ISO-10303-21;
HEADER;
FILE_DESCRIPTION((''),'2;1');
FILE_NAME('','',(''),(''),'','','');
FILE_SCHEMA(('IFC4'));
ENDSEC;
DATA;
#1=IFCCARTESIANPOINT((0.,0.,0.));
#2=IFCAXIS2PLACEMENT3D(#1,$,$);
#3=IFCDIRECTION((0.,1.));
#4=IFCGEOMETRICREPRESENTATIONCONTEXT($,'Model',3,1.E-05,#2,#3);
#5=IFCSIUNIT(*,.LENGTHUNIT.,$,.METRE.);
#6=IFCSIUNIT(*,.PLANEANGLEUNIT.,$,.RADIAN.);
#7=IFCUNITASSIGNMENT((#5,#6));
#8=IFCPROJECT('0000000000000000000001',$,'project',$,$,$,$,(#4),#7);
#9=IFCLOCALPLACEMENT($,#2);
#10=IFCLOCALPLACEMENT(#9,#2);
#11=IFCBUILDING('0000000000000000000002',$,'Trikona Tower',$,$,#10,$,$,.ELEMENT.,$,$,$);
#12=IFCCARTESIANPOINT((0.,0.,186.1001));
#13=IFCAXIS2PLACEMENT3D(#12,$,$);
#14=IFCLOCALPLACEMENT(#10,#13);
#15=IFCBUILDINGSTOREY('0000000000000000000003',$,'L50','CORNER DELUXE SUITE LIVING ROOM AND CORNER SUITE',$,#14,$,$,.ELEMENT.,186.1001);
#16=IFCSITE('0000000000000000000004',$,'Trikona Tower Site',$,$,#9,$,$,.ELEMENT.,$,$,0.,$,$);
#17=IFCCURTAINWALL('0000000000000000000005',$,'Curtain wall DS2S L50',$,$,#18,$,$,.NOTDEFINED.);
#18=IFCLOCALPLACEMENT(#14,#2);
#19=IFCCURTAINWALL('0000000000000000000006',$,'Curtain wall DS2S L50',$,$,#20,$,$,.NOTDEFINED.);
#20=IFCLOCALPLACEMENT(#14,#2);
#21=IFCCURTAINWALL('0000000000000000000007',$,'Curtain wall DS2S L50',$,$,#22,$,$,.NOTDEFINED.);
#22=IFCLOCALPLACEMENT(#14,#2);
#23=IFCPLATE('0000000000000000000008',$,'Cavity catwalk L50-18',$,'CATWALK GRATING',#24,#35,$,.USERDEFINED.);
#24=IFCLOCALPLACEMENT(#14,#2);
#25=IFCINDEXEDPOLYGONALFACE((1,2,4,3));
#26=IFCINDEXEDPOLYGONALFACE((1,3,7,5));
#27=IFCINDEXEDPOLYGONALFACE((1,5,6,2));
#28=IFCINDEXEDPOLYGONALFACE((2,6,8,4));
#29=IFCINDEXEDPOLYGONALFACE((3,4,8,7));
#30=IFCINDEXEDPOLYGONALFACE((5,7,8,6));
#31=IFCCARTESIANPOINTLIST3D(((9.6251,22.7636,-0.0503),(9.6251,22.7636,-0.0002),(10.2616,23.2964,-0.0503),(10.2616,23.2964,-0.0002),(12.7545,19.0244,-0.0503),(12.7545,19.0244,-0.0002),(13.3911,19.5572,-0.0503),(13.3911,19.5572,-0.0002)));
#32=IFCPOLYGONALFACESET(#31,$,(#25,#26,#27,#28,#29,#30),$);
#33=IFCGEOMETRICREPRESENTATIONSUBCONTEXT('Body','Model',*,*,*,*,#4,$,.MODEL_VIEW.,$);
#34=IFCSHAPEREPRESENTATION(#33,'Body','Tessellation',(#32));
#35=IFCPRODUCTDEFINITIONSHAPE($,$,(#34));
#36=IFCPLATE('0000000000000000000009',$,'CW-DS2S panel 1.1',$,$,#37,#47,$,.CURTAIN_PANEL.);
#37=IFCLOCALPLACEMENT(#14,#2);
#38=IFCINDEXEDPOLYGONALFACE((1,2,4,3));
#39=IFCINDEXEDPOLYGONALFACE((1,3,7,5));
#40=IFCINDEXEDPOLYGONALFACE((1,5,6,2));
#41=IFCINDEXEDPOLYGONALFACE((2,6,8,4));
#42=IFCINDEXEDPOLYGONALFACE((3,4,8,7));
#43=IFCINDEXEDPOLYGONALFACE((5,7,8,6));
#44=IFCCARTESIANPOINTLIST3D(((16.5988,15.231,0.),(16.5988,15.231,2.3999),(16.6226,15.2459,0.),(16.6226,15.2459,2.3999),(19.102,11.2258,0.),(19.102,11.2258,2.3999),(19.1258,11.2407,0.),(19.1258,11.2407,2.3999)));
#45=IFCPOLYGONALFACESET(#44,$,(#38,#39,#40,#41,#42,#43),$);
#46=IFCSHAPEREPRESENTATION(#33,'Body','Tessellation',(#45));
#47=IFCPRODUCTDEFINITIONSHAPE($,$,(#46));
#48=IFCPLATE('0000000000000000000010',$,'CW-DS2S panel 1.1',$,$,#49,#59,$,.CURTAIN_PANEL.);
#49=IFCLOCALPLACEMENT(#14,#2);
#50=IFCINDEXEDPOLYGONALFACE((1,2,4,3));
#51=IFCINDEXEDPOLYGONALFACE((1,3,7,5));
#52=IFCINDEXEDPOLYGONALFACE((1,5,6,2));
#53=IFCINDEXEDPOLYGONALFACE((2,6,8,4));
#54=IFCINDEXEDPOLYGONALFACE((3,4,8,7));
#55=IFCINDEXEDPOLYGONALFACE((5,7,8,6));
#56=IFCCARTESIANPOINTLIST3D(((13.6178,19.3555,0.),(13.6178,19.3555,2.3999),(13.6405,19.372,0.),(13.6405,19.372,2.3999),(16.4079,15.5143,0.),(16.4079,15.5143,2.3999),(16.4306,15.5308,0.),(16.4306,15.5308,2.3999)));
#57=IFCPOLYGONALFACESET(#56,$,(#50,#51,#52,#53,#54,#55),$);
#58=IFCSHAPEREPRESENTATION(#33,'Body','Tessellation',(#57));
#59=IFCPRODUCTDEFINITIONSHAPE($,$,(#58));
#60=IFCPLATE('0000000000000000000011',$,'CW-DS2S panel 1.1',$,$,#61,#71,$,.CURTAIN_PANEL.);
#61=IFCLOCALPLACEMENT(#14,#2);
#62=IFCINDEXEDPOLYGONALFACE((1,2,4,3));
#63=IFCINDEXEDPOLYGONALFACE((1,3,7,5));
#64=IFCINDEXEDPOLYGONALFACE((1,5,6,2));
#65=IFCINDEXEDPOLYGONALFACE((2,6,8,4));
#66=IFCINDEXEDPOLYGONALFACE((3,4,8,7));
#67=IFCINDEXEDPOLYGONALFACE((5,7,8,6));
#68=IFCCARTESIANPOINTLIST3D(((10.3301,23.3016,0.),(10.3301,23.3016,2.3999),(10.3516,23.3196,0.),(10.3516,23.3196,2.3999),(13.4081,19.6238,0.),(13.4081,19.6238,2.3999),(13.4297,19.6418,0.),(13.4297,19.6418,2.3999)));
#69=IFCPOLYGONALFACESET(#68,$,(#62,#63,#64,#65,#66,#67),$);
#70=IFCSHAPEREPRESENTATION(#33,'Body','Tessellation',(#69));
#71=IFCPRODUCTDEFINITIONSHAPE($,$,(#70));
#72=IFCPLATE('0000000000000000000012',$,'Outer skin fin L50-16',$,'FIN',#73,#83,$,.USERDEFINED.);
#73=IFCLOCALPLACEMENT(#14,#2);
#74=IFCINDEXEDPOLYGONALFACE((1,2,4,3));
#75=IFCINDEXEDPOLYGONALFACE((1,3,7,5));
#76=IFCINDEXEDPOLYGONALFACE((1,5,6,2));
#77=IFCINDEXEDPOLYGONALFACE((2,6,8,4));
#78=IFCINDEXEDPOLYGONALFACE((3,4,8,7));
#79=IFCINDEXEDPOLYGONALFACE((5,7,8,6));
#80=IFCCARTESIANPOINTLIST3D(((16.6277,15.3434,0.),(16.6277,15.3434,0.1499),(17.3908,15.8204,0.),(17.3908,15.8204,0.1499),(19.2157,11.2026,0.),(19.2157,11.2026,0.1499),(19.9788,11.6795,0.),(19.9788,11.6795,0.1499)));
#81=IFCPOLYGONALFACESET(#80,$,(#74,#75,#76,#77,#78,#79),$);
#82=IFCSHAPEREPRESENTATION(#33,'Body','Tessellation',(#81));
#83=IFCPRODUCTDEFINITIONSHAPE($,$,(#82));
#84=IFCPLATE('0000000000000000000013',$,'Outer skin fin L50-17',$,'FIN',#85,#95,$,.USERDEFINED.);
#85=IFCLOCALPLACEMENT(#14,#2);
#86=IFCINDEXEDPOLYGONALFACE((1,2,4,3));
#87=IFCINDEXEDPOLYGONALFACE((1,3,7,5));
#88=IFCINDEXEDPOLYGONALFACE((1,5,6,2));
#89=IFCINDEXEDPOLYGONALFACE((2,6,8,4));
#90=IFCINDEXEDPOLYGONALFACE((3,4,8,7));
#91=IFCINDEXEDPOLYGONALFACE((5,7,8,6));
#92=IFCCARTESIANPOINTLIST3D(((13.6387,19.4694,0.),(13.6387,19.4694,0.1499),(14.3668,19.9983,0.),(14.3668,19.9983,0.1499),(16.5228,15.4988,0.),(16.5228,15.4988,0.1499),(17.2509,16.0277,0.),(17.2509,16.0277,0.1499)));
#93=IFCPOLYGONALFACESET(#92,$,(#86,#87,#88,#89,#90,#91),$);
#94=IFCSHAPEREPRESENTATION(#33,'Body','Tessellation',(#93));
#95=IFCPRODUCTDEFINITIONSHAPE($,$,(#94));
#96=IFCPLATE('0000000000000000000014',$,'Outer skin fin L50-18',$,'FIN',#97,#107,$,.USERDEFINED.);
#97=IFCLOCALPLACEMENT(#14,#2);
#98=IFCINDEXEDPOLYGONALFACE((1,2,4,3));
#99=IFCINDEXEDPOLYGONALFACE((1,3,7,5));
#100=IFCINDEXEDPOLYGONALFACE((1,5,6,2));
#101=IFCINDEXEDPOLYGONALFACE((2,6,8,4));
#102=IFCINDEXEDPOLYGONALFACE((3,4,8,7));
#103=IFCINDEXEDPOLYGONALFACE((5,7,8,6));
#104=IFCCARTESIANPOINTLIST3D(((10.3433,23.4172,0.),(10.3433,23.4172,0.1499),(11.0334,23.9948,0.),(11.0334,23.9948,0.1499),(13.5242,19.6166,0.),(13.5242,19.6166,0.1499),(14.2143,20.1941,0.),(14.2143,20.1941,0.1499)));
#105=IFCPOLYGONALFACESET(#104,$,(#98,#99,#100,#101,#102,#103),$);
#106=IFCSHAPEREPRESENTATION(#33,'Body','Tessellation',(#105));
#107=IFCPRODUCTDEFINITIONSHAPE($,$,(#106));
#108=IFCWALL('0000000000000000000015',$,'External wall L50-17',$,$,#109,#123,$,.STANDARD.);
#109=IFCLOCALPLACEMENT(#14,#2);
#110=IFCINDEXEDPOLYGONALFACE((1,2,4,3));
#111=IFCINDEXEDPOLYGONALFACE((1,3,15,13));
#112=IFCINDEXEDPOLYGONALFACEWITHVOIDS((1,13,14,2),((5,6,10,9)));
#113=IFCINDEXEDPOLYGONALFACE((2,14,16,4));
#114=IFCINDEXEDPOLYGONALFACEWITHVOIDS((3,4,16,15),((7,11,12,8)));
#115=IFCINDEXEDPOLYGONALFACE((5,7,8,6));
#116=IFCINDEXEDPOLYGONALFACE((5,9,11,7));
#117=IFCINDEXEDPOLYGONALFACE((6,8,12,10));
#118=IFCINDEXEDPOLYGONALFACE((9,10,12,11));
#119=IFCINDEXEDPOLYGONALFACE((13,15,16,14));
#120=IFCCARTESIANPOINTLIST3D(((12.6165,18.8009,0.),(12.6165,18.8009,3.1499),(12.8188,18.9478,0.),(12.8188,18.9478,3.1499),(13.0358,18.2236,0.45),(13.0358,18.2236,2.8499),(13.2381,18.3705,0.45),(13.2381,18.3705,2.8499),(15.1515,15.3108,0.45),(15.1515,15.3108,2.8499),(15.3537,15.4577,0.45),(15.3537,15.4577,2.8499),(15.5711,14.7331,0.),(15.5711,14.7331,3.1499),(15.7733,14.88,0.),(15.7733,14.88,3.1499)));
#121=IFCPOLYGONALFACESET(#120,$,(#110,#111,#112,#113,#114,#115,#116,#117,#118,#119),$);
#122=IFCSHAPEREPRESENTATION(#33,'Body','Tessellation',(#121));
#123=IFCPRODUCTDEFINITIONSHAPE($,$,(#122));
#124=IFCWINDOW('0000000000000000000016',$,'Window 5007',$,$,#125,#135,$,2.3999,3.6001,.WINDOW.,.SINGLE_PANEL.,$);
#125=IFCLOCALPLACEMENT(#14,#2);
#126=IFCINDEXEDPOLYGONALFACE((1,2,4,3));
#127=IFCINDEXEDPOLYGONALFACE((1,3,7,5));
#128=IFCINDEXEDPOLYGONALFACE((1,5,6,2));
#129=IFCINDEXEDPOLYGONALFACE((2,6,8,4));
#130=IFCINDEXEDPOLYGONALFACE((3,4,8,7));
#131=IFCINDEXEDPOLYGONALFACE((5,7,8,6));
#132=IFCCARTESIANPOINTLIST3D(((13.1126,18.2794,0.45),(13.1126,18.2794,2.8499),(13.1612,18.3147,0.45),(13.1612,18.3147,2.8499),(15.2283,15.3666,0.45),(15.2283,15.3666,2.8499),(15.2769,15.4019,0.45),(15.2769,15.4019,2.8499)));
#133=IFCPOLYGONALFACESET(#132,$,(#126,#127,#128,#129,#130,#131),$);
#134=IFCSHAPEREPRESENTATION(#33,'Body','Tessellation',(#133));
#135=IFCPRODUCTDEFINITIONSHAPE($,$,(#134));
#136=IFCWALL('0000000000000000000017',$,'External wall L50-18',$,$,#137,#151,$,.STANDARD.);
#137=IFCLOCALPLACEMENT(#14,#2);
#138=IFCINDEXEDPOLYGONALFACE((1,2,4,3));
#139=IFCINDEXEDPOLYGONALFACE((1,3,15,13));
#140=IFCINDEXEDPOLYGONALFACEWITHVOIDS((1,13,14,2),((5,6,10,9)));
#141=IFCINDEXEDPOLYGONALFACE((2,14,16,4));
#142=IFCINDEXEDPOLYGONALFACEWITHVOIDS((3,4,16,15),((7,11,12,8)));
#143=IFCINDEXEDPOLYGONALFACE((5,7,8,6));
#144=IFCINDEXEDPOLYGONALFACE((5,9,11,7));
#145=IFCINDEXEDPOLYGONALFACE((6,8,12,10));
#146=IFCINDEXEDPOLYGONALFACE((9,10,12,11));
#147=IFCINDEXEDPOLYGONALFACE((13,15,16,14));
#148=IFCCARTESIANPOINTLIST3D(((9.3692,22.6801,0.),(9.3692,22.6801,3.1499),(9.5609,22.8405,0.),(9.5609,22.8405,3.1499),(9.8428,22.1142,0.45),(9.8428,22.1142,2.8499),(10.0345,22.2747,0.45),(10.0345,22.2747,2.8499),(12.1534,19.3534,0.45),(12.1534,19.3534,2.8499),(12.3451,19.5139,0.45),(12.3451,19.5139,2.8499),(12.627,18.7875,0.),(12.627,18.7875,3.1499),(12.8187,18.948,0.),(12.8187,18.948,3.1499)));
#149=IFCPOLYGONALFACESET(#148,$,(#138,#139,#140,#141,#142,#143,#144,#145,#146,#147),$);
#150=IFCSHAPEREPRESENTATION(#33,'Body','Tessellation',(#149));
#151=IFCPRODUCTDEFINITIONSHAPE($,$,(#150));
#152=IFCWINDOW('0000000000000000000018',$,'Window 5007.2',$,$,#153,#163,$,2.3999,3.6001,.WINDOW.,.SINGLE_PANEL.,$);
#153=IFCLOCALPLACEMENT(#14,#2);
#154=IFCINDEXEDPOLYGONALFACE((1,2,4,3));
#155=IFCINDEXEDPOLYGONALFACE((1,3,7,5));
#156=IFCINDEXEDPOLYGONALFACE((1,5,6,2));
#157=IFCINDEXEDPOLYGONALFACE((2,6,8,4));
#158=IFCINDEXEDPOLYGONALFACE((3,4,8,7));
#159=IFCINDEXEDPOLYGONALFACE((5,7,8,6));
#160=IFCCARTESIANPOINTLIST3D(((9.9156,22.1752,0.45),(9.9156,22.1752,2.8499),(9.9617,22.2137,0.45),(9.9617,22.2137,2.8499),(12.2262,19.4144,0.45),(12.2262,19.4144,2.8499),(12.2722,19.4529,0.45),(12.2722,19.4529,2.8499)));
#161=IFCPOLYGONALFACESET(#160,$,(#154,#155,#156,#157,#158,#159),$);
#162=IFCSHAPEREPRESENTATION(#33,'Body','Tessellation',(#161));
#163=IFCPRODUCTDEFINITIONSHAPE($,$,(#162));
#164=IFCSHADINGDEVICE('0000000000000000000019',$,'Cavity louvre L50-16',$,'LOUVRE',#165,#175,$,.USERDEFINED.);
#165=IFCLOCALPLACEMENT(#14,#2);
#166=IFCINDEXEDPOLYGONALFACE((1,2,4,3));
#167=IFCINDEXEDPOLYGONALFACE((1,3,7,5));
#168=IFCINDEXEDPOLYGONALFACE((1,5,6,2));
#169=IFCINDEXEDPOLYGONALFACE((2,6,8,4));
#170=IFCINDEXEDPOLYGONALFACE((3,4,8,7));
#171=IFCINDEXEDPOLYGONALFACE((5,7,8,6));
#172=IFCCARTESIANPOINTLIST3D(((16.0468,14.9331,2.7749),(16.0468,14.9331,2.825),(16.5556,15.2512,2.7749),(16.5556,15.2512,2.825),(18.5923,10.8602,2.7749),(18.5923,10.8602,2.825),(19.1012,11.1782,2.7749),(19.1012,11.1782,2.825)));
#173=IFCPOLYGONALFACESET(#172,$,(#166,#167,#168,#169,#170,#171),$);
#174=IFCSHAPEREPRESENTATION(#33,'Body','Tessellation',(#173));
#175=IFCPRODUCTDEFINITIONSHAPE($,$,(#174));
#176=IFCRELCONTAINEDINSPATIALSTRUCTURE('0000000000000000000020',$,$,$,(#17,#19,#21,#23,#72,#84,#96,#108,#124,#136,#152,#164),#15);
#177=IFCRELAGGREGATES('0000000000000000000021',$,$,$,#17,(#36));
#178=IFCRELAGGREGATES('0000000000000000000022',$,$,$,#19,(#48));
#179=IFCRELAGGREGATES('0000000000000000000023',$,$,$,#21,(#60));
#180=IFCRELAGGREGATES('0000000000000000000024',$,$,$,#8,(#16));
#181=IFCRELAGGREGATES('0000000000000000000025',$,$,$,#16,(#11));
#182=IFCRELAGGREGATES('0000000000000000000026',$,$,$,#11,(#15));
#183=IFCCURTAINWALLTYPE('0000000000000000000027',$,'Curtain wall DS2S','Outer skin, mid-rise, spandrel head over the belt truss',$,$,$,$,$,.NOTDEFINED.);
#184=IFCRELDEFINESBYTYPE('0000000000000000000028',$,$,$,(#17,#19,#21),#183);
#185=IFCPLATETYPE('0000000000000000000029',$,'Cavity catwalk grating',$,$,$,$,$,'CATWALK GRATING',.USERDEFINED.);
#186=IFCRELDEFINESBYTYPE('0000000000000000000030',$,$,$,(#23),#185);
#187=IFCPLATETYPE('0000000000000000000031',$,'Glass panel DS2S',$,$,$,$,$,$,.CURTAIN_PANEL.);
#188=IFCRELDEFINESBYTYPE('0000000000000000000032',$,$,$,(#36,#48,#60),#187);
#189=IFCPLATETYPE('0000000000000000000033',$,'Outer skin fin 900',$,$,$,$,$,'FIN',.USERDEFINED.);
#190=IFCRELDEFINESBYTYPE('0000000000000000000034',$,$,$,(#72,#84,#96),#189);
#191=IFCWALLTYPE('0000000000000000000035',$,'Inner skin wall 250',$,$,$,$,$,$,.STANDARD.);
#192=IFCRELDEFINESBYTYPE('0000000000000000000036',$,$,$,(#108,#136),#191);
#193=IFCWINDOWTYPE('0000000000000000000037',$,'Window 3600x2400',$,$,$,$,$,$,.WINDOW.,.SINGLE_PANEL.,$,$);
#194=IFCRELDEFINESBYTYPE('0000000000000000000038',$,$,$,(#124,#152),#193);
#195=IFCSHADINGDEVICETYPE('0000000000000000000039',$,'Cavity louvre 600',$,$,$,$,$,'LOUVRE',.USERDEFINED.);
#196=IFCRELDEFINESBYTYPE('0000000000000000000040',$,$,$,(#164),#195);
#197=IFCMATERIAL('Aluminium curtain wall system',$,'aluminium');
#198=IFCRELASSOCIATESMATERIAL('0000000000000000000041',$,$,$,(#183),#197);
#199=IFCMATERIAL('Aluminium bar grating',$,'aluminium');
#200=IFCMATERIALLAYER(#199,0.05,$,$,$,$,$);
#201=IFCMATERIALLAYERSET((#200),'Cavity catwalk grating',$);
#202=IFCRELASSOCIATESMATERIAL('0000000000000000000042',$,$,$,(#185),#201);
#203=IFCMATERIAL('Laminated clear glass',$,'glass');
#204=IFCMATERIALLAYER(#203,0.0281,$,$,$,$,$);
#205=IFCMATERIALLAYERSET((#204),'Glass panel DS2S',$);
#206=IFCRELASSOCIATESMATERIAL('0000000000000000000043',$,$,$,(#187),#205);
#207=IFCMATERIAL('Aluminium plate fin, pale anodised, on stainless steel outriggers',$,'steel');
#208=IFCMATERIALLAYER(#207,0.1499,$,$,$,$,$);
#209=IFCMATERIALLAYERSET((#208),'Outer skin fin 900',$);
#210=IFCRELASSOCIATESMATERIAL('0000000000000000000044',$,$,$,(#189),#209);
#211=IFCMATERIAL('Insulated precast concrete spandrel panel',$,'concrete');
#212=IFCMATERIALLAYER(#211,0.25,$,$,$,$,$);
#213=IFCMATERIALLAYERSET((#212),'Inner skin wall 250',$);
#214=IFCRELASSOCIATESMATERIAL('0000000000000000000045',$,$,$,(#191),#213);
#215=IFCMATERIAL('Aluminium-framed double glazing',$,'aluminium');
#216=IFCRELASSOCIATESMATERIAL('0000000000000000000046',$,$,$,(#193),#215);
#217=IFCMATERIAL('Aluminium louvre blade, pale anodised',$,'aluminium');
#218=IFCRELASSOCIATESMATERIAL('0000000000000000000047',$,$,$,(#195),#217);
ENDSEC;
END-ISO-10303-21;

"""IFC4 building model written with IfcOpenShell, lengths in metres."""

from ifc_helpers import new_model, si_unit, direction, frame, frame_2d, origin, origin_2d, place, context, subcontext, project, spatial, rectangle, extrude, material, layer, layer_set, type_object, element, fill, aggregate, save


model = new_model("IFC4")

# Units and contexts
model_context = context("Model", 3, precision=1e-05, world=origin(), true_north=direction((0.0, 1.0)))
body_context = subcontext(model_context, "Body", "Model", "MODEL_VIEW")
ifc_project = project(units=[si_unit("LENGTHUNIT", "METRE"), si_unit("PLANEANGLEUNIT", "RADIAN")], contexts=[model_context])

# Site, building, storey
site_placement = place(None, origin())
site = spatial("IfcSite", under=ifc_project, at=site_placement, Name="Trikona Tower Site", CompositionType="ELEMENT", RefElevation=0.0)
building_placement = place(site_placement, origin())
building = spatial("IfcBuilding", under=site, at=building_placement, Name="Trikona Tower", CompositionType="ELEMENT")
storey_placement = place(building_placement, frame((0.0, 0.0, 186.1001)))
storey = spatial("IfcBuildingStorey", under=building, at=storey_placement, Name="L50", Description="CORNER DELUXE SUITE LIVING ROOM AND CORNER SUITE", CompositionType="ELEMENT", Elevation=186.1001)

# Curtain wall
ifc_material_1 = material(Name="Aluminium curtain wall system", Category="aluminium")
curtain_wall_type = type_object("IfcCurtainWallType", Name="Curtain wall DS2S", Description="Outer skin, mid-rise, spandrel head over the belt truss", PredefinedType="NOTDEFINED", material=ifc_material_1)
curtain_wall_1_placement = place(storey_placement, origin())
curtain_wall_1 = element("IfcCurtainWall", 1, at=curtain_wall_1_placement, inside=storey, type_object=curtain_wall_type, Name="Curtain wall DS2S L50", PredefinedType="NOTDEFINED")

# Curtain walls
curtain_wall_2_placement = place(storey_placement, origin())
curtain_wall_2 = element("IfcCurtainWall", 2, at=curtain_wall_2_placement, inside=storey, type_object=curtain_wall_type, Name="Curtain wall DS2S L50", PredefinedType="NOTDEFINED")
curtain_wall_3_placement = place(storey_placement, origin())
curtain_wall_3 = element("IfcCurtainWall", 3, at=curtain_wall_3_placement, inside=storey, type_object=curtain_wall_type, Name="Curtain wall DS2S L50", PredefinedType="NOTDEFINED")

# Plate
ifc_material_2 = material(Name="Aluminium bar grating", Category="aluminium")
ifc_layer_1 = layer(ifc_material_2, 0.05)
ifc_layer_set_1 = layer_set([ifc_layer_1], Name="Cavity catwalk grating")
plate_type_1 = type_object("IfcPlateType", Name="Cavity catwalk grating", ElementType="CATWALK GRATING", PredefinedType="USERDEFINED", material=ifc_layer_set_1)
plate_1_placement = place(storey_placement, frame((11.5081, 21.1604, -0.0503), z_axis=(0.0, 0.0, 1.0), x_axis=(-0.641807, 0.766866, 0.0)))
element("IfcPlate", 4, at=plate_1_placement, inside=storey, type_object=plate_type_1, Name="Cavity catwalk L50-18", ObjectType="CATWALK GRATING", PredefinedType="USERDEFINED", context=body_context, shape_type="SweptSolid", body=[
    extrude(rectangle(XDim=4.876, YDim=0.8301, at=origin_2d()), origin(), (0.0, 0.0, 1.0), 0.05),
])

# Plates
ifc_material_3 = material(Name="Laminated clear glass", Category="glass")
ifc_layer_2 = layer(ifc_material_3, 0.0281)
ifc_layer_set_2 = layer_set([ifc_layer_2], Name="Glass panel DS2S")
plate_type_2 = type_object("IfcPlateType", Name="Glass panel DS2S", PredefinedType="CURTAIN_PANEL", material=ifc_layer_set_2)
plate_2_placement = place(storey_placement, frame((17.8623, 13.2358, 0.0), z_axis=(0.0, 0.0, 1.0), x_axis=(-0.529999, 0.847998, 0.0)))
plate_2 = element("IfcPlate", 5, at=plate_2_placement, type_object=plate_type_2, Name="CW-DS2S panel 1.1", PredefinedType="CURTAIN_PANEL", context=body_context, shape_type="SweptSolid", body=[
    extrude(rectangle(XDim=4.7231, YDim=0.0281, at=origin_2d()), origin(), (0.0, 0.0, 1.0), 2.3999),
])
aggregate(curtain_wall_1, [plate_2])
plate_3_placement = place(storey_placement, frame((15.0242, 17.4431, 0.0), z_axis=(0.0, 0.0, 1.0), x_axis=(-0.587691, 0.809086, 0.0)))
plate_3 = element("IfcPlate", 6, at=plate_3_placement, type_object=plate_type_2, Name="CW-DS2S panel 1.1", PredefinedType="CURTAIN_PANEL", context=body_context, shape_type="SweptSolid", body=[
    extrude(rectangle(XDim=4.7476, YDim=0.0281, at=origin_2d()), origin(), (0.0, 0.0, 1.0), 2.3999),
])
aggregate(curtain_wall_2, [plate_3])
plate_4_placement = place(storey_placement, frame((11.8799, 21.4717, 0.0), z_axis=(0.0, 0.0, 1.0), x_axis=(-0.641806, 0.766867, 0.0)))
plate_4 = element("IfcPlate", 7, at=plate_4_placement, type_object=plate_type_2, Name="CW-DS2S panel 1.1", PredefinedType="CURTAIN_PANEL", context=body_context, shape_type="SweptSolid", body=[
    extrude(rectangle(XDim=4.7959, YDim=0.0281, at=origin_2d()), origin(), (0.0, 0.0, 1.0), 2.3999),
])
aggregate(curtain_wall_3, [plate_4])

# Plates
ifc_material_4 = material(Name="Aluminium plate fin, pale anodised, on stainless steel outriggers", Category="steel")
ifc_layer_3 = layer(ifc_material_4, 0.1499)
ifc_layer_set_3 = layer_set([ifc_layer_3], Name="Outer skin fin 900")
plate_type_3 = type_object("IfcPlateType", Name="Outer skin fin 900", ElementType="FIN", PredefinedType="USERDEFINED", material=ifc_layer_set_3)
plate_5_placement = place(storey_placement, frame((18.3032, 13.5115, 0.0), z_axis=(0.0, 0.0, 1.0), x_axis=(-0.529995, 0.848001, 0.0)))
element("IfcPlate", 8, at=plate_5_placement, inside=storey, type_object=plate_type_3, Name="Outer skin fin L50-16", ObjectType="FIN", PredefinedType="USERDEFINED", context=body_context, shape_type="SweptSolid", body=[
    extrude(rectangle(XDim=4.8831, YDim=0.8999, at=origin_2d()), origin(), (0.0, 0.0, 1.0), 0.1499),
])
plate_6_placement = place(storey_placement, frame((15.4448, 17.7485, 0.0), z_axis=(0.0, 0.0, 1.0), x_axis=(-0.587686, 0.809089, 0.0)))
element("IfcPlate", 9, at=plate_6_placement, inside=storey, type_object=plate_type_3, Name="Outer skin fin L50-17", ObjectType="FIN", PredefinedType="USERDEFINED", context=body_context, shape_type="SweptSolid", body=[
    extrude(rectangle(XDim=4.9075, YDim=0.8999, at=origin_2d()), origin(), (0.0, 0.0, 1.0), 0.1499),
])
plate_7_placement = place(storey_placement, frame((12.2788, 21.8057, 0.0), z_axis=(0.0, 0.0, 1.0), x_axis=(-0.641807, 0.766866, 0.0)))
element("IfcPlate", 10, at=plate_7_placement, inside=storey, type_object=plate_type_3, Name="Outer skin fin L50-18", ObjectType="FIN", PredefinedType="USERDEFINED", context=body_context, shape_type="SweptSolid", body=[
    extrude(rectangle(XDim=4.9561, YDim=0.8999, at=origin_2d()), origin(), (0.0, 0.0, 1.0), 0.1499),
])

# Walls, openings, windows
ifc_material_5 = material(Name="Insulated precast concrete spandrel panel", Category="concrete")
ifc_layer_4 = layer(ifc_material_5, 0.25)
ifc_layer_set_4 = layer_set([ifc_layer_4], Name="Inner skin wall 250")
wall_type = type_object("IfcWallType", Name="Inner skin wall 250", PredefinedType="STANDARD", material=ifc_layer_set_4)
wall_1_placement = place(storey_placement, frame((15.6721, 14.8066, 0.0), z_axis=(0.0, 0.0, 1.0), x_axis=(-0.587669, 0.809101, 0.0)))
wall_1 = element("IfcWall", 11, at=wall_1_placement, inside=storey, type_object=wall_type, Name="External wall L50-17", PredefinedType="STANDARD", context=body_context, shape_type="SweptSolid", body=[
    extrude(rectangle(XDim=5.0276, YDim=0.25, at=frame_2d((2.5137, 0.0))), origin(), (0.0, 0.0, 1.0), 3.1499),
])
opening_1_placement = place(wall_1_placement, frame((0.7139, 0.0, 0.45)))
opening_1 = element("IfcOpeningElement", 12, at=opening_1_placement, cuts=wall_1, PredefinedType="OPENING", context=body_context, shape_type="SweptSolid", body=[
    extrude(rectangle(XDim=3.6001, YDim=2.3999, at=frame_2d((1.8, 1.2))), frame((0.0, 0.135, 0.0), z_axis=(0.0, -1.0, 0.0), x_axis=(1.0, 0.0, 0.0)), (0.0, 0.0, 1.0), 0.27),
])
ifc_material_6 = material(Name="Aluminium-framed double glazing", Category="aluminium")
window_type = type_object("IfcWindowType", Name="Window 3600x2400", PartitioningType="SINGLE_PANEL", PredefinedType="WINDOW", material=ifc_material_6)
window_1_placement = place(opening_1_placement, origin())
window_1 = element("IfcWindow", 13, at=window_1_placement, inside=storey, type_object=window_type, Name="Window 5007", OverallHeight=2.3999, OverallWidth=3.6001, PartitioningType="SINGLE_PANEL", PredefinedType="WINDOW", context=body_context, shape_type="SweptSolid", body=[
    extrude(rectangle(XDim=3.6001, YDim=2.3999, at=frame_2d((1.8, 1.2))), frame((0.0, 0.03, 0.0), z_axis=(0.0, -1.0, 0.0), x_axis=(1.0, 0.0, 0.0)), (0.0, 0.0, 1.0), 0.0601),
])
fill(opening_1, window_1)
wall_2_placement = place(storey_placement, frame((12.7229, 18.8677, 0.0), z_axis=(0.0, 0.0, 1.0), x_axis=(-0.64181, 0.766863, 0.0)))
wall_2 = element("IfcWall", 14, at=wall_2_placement, inside=storey, type_object=wall_type, Name="External wall L50-18", PredefinedType="STANDARD", context=body_context, shape_type="SweptSolid", body=[
    extrude(rectangle(XDim=5.0759, YDim=0.25, at=frame_2d((2.5381, 0.0))), origin(), (0.0, 0.0, 1.0), 3.1499),
])
opening_2_placement = place(wall_2_placement, frame((0.738, 0.0, 0.45)))
opening_2 = element("IfcOpeningElement", 15, at=opening_2_placement, cuts=wall_2, PredefinedType="OPENING", context=body_context, shape_type="SweptSolid", body=[
    extrude(rectangle(XDim=3.6001, YDim=2.3999, at=frame_2d((1.8, 1.2))), frame((0.0, 0.135, 0.0), z_axis=(0.0, -1.0, 0.0), x_axis=(1.0, 0.0, 0.0)), (0.0, 0.0, 1.0), 0.27),
])
window_2_placement = place(opening_2_placement, origin())
window_2 = element("IfcWindow", 16, at=window_2_placement, inside=storey, type_object=window_type, Name="Window 5007.2", OverallHeight=2.3999, OverallWidth=3.6001, PartitioningType="SINGLE_PANEL", PredefinedType="WINDOW", context=body_context, shape_type="SweptSolid", body=[
    extrude(rectangle(XDim=3.6001, YDim=2.3999, at=frame_2d((1.8, 1.2))), frame((0.0, 0.03, 0.0), z_axis=(0.0, -1.0, 0.0), x_axis=(1.0, 0.0, 0.0)), (0.0, 0.0, 1.0), 0.0601),
])
fill(opening_2, window_2)

# Shading device
ifc_material_7 = material(Name="Aluminium louvre blade, pale anodised", Category="aluminium")
shading_device_type = type_object("IfcShadingDeviceType", Name="Cavity louvre 600", ElementType="LOUVRE", PredefinedType="USERDEFINED", material=ifc_material_7)
shading_device_1_placement = place(storey_placement, frame((17.574, 13.0557, 2.7749), z_axis=(0.0, 0.0, 1.0), x_axis=(-0.529995, 0.848001, 0.0)))
element("IfcShadingDevice", 17, at=shading_device_1_placement, inside=storey, type_object=shading_device_type, Name="Cavity louvre L50-16", ObjectType="LOUVRE", PredefinedType="USERDEFINED", context=body_context, shape_type="SweptSolid", body=[
    extrude(rectangle(XDim=4.803, YDim=0.6001, at=origin_2d()), origin(), (0.0, 0.0, 1.0), 0.05),
])

save(model, "model.ifc")
